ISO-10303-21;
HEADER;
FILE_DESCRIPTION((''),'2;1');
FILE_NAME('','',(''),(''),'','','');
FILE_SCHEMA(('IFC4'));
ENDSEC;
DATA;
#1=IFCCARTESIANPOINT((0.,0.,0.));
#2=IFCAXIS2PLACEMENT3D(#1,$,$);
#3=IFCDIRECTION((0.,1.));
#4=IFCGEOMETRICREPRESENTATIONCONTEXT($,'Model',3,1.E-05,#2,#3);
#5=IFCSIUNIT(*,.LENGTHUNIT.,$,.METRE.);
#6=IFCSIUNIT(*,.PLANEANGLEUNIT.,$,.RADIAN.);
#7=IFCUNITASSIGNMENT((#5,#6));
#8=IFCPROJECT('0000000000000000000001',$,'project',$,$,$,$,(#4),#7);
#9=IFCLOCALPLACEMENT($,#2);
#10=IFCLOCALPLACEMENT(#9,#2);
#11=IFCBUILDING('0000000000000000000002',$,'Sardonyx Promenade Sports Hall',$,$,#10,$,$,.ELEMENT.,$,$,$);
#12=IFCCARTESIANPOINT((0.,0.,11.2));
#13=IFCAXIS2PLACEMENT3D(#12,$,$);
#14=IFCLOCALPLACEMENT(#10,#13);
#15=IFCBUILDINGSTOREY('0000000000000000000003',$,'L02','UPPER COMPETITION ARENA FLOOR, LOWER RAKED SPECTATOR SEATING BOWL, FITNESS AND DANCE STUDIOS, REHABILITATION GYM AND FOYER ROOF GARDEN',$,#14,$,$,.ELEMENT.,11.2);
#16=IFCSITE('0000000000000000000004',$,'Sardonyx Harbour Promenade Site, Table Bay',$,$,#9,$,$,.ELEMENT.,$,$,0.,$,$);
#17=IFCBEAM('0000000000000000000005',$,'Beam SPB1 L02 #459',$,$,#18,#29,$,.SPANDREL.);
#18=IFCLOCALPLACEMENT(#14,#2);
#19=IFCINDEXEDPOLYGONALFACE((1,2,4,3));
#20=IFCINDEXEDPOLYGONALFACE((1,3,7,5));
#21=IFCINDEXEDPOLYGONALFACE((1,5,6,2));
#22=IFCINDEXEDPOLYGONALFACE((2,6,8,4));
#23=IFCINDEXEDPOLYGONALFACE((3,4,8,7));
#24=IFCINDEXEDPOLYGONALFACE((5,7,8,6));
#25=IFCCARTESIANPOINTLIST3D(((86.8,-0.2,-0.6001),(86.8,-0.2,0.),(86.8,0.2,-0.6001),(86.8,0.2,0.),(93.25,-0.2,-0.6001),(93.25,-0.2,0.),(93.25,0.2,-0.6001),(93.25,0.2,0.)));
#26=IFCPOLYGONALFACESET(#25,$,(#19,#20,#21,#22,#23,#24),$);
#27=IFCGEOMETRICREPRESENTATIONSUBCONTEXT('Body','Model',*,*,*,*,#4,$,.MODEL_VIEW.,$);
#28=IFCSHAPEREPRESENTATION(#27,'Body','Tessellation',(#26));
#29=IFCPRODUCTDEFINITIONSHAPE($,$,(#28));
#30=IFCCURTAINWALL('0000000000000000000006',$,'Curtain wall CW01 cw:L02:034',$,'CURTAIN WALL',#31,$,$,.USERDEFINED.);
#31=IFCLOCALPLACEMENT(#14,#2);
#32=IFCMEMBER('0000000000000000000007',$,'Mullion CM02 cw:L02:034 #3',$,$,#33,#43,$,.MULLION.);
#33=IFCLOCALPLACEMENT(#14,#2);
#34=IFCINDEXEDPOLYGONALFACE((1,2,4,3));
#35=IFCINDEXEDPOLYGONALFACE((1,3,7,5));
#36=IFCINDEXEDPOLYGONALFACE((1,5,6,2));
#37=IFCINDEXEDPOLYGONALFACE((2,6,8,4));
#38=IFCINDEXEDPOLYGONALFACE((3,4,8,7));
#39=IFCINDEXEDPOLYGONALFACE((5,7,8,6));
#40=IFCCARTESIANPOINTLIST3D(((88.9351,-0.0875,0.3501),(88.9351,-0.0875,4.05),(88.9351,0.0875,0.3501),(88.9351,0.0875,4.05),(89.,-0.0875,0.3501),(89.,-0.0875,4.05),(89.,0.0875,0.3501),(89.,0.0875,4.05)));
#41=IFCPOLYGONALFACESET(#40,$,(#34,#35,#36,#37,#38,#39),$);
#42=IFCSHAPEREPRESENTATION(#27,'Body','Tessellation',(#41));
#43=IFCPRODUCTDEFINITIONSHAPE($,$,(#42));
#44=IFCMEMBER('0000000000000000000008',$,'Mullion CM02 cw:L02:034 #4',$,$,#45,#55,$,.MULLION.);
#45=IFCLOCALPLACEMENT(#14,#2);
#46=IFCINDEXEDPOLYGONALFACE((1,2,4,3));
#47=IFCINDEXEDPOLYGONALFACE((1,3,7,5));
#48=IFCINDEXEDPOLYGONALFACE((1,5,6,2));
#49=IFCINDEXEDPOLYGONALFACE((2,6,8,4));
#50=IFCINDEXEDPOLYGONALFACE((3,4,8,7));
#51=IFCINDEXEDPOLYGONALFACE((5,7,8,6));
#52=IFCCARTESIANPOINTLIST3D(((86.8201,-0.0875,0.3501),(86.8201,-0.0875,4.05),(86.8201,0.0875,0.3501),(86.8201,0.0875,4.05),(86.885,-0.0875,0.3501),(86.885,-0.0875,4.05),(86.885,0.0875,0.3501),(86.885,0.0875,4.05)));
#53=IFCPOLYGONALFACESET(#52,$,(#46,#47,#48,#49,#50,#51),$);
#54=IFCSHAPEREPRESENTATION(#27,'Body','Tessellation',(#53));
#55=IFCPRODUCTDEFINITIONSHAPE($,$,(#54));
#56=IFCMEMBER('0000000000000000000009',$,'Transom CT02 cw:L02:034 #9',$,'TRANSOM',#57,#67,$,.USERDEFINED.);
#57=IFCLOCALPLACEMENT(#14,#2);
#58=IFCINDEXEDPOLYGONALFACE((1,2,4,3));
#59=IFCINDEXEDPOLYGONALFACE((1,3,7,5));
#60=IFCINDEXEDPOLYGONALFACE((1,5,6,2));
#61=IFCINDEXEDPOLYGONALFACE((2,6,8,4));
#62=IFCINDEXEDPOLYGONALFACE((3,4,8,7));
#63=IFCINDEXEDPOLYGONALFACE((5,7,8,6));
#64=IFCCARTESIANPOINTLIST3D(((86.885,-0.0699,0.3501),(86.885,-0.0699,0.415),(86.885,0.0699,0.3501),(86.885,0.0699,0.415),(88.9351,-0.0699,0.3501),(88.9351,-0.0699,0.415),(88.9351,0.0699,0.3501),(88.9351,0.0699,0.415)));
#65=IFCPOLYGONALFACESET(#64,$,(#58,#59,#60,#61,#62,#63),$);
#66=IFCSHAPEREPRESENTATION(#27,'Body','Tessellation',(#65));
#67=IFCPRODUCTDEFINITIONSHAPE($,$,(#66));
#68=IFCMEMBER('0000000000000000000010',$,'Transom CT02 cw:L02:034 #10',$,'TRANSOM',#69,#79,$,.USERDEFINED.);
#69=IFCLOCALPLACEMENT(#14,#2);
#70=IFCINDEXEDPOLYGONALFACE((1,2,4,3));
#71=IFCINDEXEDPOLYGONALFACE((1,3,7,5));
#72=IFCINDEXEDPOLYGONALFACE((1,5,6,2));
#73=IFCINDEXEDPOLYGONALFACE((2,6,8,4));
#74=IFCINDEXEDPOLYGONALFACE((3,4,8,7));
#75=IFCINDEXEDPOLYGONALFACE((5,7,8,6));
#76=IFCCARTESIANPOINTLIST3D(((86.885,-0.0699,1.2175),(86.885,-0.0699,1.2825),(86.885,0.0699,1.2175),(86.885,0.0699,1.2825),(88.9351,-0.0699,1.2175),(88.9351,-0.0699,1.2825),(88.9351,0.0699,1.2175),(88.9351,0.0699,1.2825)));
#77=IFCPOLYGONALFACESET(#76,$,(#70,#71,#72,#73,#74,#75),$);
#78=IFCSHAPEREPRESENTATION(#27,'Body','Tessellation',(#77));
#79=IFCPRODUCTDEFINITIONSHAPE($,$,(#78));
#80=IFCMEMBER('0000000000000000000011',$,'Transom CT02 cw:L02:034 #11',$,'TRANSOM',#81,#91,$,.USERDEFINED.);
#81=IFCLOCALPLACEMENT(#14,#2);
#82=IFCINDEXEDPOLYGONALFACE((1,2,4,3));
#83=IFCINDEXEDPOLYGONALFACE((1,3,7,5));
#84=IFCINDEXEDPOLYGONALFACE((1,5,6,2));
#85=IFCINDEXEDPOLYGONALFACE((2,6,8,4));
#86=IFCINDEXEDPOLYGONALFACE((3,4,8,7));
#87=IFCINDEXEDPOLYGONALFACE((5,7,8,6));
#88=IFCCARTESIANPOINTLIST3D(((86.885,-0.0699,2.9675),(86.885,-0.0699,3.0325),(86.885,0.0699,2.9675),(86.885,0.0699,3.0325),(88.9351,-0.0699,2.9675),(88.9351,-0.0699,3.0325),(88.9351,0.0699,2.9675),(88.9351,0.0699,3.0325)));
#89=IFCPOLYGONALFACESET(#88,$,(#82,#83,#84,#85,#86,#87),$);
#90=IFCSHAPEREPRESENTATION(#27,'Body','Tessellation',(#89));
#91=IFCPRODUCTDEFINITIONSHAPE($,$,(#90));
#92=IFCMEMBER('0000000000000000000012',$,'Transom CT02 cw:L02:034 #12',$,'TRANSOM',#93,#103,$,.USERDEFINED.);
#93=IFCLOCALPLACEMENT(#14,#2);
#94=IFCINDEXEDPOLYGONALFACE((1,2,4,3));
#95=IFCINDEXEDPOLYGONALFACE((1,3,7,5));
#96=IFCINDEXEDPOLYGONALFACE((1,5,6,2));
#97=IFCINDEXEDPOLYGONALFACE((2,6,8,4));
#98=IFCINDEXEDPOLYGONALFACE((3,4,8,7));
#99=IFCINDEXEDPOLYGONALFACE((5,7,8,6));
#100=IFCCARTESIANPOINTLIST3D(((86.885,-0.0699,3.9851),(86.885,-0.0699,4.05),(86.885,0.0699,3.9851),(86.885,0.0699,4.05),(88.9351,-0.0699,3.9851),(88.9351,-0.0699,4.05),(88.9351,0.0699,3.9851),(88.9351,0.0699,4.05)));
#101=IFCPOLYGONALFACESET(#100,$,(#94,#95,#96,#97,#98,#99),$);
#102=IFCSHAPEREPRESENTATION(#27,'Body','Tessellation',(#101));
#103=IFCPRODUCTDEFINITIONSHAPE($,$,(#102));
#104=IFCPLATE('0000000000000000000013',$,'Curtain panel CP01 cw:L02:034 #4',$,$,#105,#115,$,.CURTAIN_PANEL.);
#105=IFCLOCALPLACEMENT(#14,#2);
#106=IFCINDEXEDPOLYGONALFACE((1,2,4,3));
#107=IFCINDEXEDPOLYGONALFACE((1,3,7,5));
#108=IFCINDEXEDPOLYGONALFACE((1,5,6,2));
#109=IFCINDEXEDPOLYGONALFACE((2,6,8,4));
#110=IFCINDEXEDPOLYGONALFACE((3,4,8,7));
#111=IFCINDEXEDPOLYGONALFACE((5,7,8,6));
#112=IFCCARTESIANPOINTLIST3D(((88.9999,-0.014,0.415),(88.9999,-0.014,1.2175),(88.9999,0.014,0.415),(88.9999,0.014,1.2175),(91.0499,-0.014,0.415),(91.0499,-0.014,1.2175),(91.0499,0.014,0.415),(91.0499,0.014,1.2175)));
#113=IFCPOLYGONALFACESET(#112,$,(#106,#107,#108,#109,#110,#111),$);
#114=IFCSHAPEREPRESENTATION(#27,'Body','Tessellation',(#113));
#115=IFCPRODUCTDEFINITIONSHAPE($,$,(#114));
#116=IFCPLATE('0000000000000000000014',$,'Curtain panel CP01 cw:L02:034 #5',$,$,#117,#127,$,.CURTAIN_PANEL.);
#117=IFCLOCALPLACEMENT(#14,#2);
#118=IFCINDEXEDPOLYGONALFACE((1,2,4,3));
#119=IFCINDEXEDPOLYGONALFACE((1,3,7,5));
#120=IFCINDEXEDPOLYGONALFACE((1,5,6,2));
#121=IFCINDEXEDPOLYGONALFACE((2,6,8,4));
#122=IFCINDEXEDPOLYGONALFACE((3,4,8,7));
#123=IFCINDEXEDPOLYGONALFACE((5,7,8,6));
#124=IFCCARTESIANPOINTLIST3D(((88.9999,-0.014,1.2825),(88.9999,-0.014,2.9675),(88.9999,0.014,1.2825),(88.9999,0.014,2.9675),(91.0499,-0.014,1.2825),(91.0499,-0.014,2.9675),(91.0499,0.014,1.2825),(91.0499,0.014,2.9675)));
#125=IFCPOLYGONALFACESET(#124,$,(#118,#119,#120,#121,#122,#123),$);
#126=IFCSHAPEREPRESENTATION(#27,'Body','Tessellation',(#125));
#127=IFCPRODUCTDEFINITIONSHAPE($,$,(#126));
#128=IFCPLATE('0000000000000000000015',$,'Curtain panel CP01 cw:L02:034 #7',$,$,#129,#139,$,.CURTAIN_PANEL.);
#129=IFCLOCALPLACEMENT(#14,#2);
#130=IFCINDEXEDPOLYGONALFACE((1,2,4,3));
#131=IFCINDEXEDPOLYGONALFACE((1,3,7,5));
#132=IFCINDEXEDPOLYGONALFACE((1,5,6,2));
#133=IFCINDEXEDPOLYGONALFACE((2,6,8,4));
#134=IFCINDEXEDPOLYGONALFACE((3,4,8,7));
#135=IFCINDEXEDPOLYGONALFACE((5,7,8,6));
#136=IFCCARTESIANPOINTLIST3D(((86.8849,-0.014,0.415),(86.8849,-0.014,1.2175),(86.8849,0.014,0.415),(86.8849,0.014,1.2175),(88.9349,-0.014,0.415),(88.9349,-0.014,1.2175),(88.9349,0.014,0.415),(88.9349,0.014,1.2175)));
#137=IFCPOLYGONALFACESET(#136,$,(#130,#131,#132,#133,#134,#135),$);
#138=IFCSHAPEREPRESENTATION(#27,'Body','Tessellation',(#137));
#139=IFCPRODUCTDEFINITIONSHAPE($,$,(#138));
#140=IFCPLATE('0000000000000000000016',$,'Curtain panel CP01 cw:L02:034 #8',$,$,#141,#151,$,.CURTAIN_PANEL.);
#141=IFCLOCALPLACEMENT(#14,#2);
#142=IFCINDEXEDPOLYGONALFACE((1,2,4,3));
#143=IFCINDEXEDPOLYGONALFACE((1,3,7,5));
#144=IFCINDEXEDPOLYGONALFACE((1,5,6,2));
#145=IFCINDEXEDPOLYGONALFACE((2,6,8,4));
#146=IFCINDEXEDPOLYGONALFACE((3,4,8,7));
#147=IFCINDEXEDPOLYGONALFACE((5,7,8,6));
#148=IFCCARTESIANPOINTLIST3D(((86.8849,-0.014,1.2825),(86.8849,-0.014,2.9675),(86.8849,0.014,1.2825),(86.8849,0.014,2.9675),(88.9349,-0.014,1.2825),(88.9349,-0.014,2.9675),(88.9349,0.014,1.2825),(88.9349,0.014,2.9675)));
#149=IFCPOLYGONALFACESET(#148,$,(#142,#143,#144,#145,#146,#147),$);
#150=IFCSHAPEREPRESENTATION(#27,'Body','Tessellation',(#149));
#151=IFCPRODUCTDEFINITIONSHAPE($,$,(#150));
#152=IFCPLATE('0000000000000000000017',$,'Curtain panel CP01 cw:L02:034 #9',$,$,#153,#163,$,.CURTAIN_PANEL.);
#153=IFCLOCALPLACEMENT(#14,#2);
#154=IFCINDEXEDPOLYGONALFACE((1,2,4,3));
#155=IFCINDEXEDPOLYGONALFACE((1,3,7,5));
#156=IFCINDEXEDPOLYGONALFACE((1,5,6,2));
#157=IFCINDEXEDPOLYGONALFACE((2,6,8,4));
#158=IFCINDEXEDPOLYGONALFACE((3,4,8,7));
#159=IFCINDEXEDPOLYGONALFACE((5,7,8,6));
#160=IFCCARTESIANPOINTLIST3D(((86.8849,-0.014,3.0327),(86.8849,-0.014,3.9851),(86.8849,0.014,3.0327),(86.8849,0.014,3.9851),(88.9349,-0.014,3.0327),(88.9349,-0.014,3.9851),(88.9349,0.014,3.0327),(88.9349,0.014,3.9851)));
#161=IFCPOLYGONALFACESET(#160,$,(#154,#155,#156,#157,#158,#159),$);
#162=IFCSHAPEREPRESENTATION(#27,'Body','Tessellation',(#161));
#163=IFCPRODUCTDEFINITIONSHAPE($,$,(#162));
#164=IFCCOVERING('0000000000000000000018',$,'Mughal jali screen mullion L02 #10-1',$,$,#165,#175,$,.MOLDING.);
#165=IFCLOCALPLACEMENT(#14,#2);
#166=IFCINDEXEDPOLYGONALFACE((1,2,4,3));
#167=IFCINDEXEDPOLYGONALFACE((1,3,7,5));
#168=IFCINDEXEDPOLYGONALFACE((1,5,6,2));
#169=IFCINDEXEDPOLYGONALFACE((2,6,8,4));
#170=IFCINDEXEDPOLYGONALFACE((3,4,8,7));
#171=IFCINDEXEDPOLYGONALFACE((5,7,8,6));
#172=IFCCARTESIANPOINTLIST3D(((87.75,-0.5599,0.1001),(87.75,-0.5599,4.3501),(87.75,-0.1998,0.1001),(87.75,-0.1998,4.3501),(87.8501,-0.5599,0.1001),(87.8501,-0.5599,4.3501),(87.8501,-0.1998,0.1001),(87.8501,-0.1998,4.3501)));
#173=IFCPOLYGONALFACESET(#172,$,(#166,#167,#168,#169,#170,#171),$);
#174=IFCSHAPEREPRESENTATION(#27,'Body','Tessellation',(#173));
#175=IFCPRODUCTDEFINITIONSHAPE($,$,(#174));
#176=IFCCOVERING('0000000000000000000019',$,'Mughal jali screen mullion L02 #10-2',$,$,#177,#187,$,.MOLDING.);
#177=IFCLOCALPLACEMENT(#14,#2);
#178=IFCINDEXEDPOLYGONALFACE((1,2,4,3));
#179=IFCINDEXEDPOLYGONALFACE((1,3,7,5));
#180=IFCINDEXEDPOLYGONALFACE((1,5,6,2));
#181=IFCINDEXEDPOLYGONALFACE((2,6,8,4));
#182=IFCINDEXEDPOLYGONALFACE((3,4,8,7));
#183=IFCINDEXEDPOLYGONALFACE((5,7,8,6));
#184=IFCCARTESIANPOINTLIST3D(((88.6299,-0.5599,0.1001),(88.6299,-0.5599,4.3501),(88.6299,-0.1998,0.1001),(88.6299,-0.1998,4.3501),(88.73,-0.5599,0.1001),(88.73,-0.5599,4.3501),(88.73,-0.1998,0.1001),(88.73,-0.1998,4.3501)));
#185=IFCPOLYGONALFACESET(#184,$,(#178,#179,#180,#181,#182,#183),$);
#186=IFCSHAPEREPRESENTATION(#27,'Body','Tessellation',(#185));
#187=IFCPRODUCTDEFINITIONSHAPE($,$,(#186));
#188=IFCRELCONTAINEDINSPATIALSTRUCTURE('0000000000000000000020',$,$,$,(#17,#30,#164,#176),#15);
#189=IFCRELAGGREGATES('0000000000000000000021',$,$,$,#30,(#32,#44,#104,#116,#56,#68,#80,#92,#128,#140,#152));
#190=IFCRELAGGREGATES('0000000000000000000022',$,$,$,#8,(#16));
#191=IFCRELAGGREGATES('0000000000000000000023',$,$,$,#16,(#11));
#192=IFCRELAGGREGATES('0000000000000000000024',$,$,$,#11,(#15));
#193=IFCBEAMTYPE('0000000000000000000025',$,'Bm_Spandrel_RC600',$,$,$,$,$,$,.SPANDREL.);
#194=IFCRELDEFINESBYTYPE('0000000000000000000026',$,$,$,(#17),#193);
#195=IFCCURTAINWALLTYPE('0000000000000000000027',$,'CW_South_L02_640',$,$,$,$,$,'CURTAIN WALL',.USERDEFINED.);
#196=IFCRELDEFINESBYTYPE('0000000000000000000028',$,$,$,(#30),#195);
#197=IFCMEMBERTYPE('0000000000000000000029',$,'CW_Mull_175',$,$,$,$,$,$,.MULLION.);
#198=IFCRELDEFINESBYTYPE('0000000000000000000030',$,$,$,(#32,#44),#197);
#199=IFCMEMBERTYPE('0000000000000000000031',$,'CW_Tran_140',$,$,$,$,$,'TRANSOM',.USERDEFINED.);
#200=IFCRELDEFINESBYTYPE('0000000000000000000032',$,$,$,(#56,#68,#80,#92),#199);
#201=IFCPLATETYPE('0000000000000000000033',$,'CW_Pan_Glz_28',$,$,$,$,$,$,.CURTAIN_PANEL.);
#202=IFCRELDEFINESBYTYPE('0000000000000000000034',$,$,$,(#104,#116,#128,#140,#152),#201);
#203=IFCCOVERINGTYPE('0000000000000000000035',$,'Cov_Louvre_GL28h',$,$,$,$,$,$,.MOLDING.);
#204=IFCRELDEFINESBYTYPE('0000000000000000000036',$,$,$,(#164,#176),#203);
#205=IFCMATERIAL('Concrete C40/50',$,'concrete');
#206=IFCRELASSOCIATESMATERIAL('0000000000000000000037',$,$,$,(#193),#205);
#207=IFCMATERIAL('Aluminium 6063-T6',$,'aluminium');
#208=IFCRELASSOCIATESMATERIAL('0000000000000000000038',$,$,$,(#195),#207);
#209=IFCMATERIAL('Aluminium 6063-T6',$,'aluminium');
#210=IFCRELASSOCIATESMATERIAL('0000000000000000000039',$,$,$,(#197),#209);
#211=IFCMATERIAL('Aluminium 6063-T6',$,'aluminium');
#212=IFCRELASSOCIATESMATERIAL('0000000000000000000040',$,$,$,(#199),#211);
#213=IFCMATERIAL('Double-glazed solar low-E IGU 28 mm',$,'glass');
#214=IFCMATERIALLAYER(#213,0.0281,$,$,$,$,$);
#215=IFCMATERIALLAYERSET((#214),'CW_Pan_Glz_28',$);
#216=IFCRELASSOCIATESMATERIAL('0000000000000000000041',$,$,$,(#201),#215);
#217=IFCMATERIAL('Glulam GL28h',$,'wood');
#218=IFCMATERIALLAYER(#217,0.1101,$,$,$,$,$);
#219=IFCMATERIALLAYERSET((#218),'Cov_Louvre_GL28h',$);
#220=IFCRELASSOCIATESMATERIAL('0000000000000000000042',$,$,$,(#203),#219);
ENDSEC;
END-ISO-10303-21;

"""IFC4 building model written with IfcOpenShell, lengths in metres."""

from ifc_helpers import new_model, si_unit, direction, frame, origin, origin_2d, place, context, subcontext, project, spatial, rectangle, extrude, material, layer, layer_set, material_profile, profile_set, type_object, element, aggregate, save


model = new_model("IFC4")

# Units and contexts
model_context = context("Model", 3, precision=1e-05, world=origin(), true_north=direction((0.0, 1.0)))
body_context = subcontext(model_context, "Body", "Model", "MODEL_VIEW")
ifc_project = project(units=[si_unit("LENGTHUNIT", "METRE"), si_unit("PLANEANGLEUNIT", "RADIAN")], contexts=[model_context])

# Site, building, storey
site_placement = place(None, origin())
site = spatial("IfcSite", under=ifc_project, at=site_placement, Name="Sardonyx Harbour Promenade Site, Table Bay", CompositionType="ELEMENT", RefElevation=0.0)
building_placement = place(site_placement, origin())
building = spatial("IfcBuilding", under=site, at=building_placement, Name="Sardonyx Promenade Sports Hall", CompositionType="ELEMENT")
storey_placement = place(building_placement, frame((0.0, 0.0, 11.2)))
storey = spatial("IfcBuildingStorey", under=building, at=storey_placement, Name="L02", Description="UPPER COMPETITION ARENA FLOOR, LOWER RAKED SPECTATOR SEATING BOWL, FITNESS AND DANCE STUDIOS, REHABILITATION GYM AND FOYER ROOF GARDEN", CompositionType="ELEMENT", Elevation=11.2)

# Beam
ifc_material_1 = material(Name="Concrete C40/50", Category="concrete")
ifc_material_profile_1 = material_profile(ifc_material_1, rectangle(XDim=0.3999, YDim=0.6001, at=origin_2d()))
ifc_profile_set_1 = profile_set([ifc_material_profile_1], Name="Concrete C40/50")
beam_type = type_object("IfcBeamType", Name="Bm_Spandrel_RC600", PredefinedType="SPANDREL", material=ifc_profile_set_1)
beam_placement = place(storey_placement, frame((86.8, 0.0, -0.3), z_axis=(1.0, 0.0, 0.0), x_axis=(0.0, 1.0, 0.0)))
element("IfcBeam", 1, at=beam_placement, inside=storey, type_object=beam_type, Name="Beam SPB1 L02 #459", PredefinedType="SPANDREL", context=body_context, shape_type="SweptSolid", body=[
    extrude(rectangle(XDim=0.3999, YDim=0.6001, at=origin_2d()), origin(), (0.0, 0.0, 1.0), 6.45),
])

# Curtain wall, members, plates
ifc_material_2 = material(Name="Aluminium 6063-T6", Category="aluminium")
curtain_wall_type = type_object("IfcCurtainWallType", Name="CW_South_L02_640", ElementType="CURTAIN WALL", PredefinedType="USERDEFINED", material=ifc_material_2)
curtain_wall_placement = place(storey_placement, origin())
curtain_wall = element("IfcCurtainWall", 2, at=curtain_wall_placement, inside=storey, type_object=curtain_wall_type, Name="Curtain wall CW01 cw:L02:034", ObjectType="CURTAIN WALL", PredefinedType="USERDEFINED")
ifc_material_3 = material(Name="Aluminium 6063-T6", Category="aluminium")
ifc_material_profile_2 = material_profile(ifc_material_3, rectangle(XDim=0.0649, YDim=0.175, at=origin_2d()))
ifc_profile_set_2 = profile_set([ifc_material_profile_2], Name="Aluminium 6063-T6")
member_type_1 = type_object("IfcMemberType", Name="CW_Mull_175", PredefinedType="MULLION", material=ifc_profile_set_2)
member_1_placement = place(storey_placement, frame((88.9675, 0.0, 0.3501), z_axis=(0.0, 0.0, 1.0), x_axis=(-1.0, 0.0, 0.0)))
member_1 = element("IfcMember", 3, at=member_1_placement, type_object=member_type_1, Name="Mullion CM02 cw:L02:034 #3", PredefinedType="MULLION", context=body_context, shape_type="SweptSolid", body=[
    extrude(rectangle(XDim=0.0649, YDim=0.175, at=origin_2d()), origin(), (0.0, 0.0, 1.0), 3.7),
])
member_2_placement = place(storey_placement, frame((86.8525, 0.0, 0.3501), z_axis=(0.0, 0.0, 1.0), x_axis=(-1.0, 0.0, 0.0)))
member_2 = element("IfcMember", 4, at=member_2_placement, type_object=member_type_1, Name="Mullion CM02 cw:L02:034 #4", PredefinedType="MULLION", context=body_context, shape_type="SweptSolid", body=[
    extrude(rectangle(XDim=0.0649, YDim=0.175, at=origin_2d()), origin(), (0.0, 0.0, 1.0), 3.7),
])
ifc_material_4 = material(Name="Aluminium 6063-T6", Category="aluminium")
ifc_material_profile_3 = material_profile(ifc_material_4, rectangle(XDim=0.0649, YDim=0.1399, at=origin_2d()))
ifc_profile_set_3 = profile_set([ifc_material_profile_3], Name="Aluminium 6063-T6")
member_type_2 = type_object("IfcMemberType", Name="CW_Tran_140", ElementType="TRANSOM", PredefinedType="USERDEFINED", material=ifc_profile_set_3)
member_3_placement = place(storey_placement, frame((88.9351, 0.0, 0.3826), z_axis=(-1.0, 0.0, 0.0), x_axis=(0.0, 0.0, 1.0)))
member_3 = element("IfcMember", 5, at=member_3_placement, type_object=member_type_2, Name="Transom CT02 cw:L02:034 #9", ObjectType="TRANSOM", PredefinedType="USERDEFINED", context=body_context, shape_type="SweptSolid", body=[
    extrude(rectangle(XDim=0.0649, YDim=0.1399, at=origin_2d()), origin(), (0.0, 0.0, 1.0), 2.05),
])
member_4_placement = place(storey_placement, frame((88.9351, 0.0, 1.25), z_axis=(-1.0, 0.0, 0.0), x_axis=(0.0, 0.0, 1.0)))
member_4 = element("IfcMember", 6, at=member_4_placement, type_object=member_type_2, Name="Transom CT02 cw:L02:034 #10", ObjectType="TRANSOM", PredefinedType="USERDEFINED", context=body_context, shape_type="SweptSolid", body=[
    extrude(rectangle(XDim=0.0649, YDim=0.1399, at=origin_2d()), origin(), (0.0, 0.0, 1.0), 2.05),
])
member_5_placement = place(storey_placement, frame((88.9351, 0.0, 3.0), z_axis=(-1.0, 0.0, 0.0), x_axis=(0.0, 0.0, 1.0)))
member_5 = element("IfcMember", 7, at=member_5_placement, type_object=member_type_2, Name="Transom CT02 cw:L02:034 #11", ObjectType="TRANSOM", PredefinedType="USERDEFINED", context=body_context, shape_type="SweptSolid", body=[
    extrude(rectangle(XDim=0.0649, YDim=0.1399, at=origin_2d()), origin(), (0.0, 0.0, 1.0), 2.05),
])
member_6_placement = place(storey_placement, frame((88.9351, 0.0, 4.0176), z_axis=(-1.0, 0.0, 0.0), x_axis=(0.0, 0.0, 1.0)))
member_6 = element("IfcMember", 8, at=member_6_placement, type_object=member_type_2, Name="Transom CT02 cw:L02:034 #12", ObjectType="TRANSOM", PredefinedType="USERDEFINED", context=body_context, shape_type="SweptSolid", body=[
    extrude(rectangle(XDim=0.0649, YDim=0.1399, at=origin_2d()), origin(), (0.0, 0.0, 1.0), 2.05),
])
ifc_material_5 = material(Name="Double-glazed solar low-E IGU 28 mm", Category="glass")
ifc_layer_1 = layer(ifc_material_5, 0.0281)
ifc_layer_set_1 = layer_set([ifc_layer_1], Name="CW_Pan_Glz_28")
plate_type = type_object("IfcPlateType", Name="CW_Pan_Glz_28", PredefinedType="CURTAIN_PANEL", material=ifc_layer_set_1)
plate_1_placement = place(storey_placement, frame((90.0249, 0.0, 0.415), z_axis=(0.0, 0.0, 1.0), x_axis=(-1.0, 0.0, 0.0)))
plate_1 = element("IfcPlate", 9, at=plate_1_placement, type_object=plate_type, Name="Curtain panel CP01 cw:L02:034 #4", PredefinedType="CURTAIN_PANEL", context=body_context, shape_type="SweptSolid", body=[
    extrude(rectangle(XDim=2.05, YDim=0.0281, at=origin_2d()), origin(), (0.0, 0.0, 1.0), 0.8025),
])
plate_2_placement = place(storey_placement, frame((90.0249, 0.0, 1.2825), z_axis=(0.0, 0.0, 1.0), x_axis=(-1.0, 0.0, 0.0)))
plate_2 = element("IfcPlate", 10, at=plate_2_placement, type_object=plate_type, Name="Curtain panel CP01 cw:L02:034 #5", PredefinedType="CURTAIN_PANEL", context=body_context, shape_type="SweptSolid", body=[
    extrude(rectangle(XDim=2.05, YDim=0.0281, at=origin_2d()), origin(), (0.0, 0.0, 1.0), 1.6851),
])
plate_3_placement = place(storey_placement, frame((87.9099, 0.0, 0.415), z_axis=(0.0, 0.0, 1.0), x_axis=(-1.0, 0.0, 0.0)))
plate_3 = element("IfcPlate", 11, at=plate_3_placement, type_object=plate_type, Name="Curtain panel CP01 cw:L02:034 #7", PredefinedType="CURTAIN_PANEL", context=body_context, shape_type="SweptSolid", body=[
    extrude(rectangle(XDim=2.05, YDim=0.0281, at=origin_2d()), origin(), (0.0, 0.0, 1.0), 0.8025),
])
plate_4_placement = place(storey_placement, frame((87.9099, 0.0, 1.2825), z_axis=(0.0, 0.0, 1.0), x_axis=(-1.0, 0.0, 0.0)))
plate_4 = element("IfcPlate", 12, at=plate_4_placement, type_object=plate_type, Name="Curtain panel CP01 cw:L02:034 #8", PredefinedType="CURTAIN_PANEL", context=body_context, shape_type="SweptSolid", body=[
    extrude(rectangle(XDim=2.05, YDim=0.0281, at=origin_2d()), origin(), (0.0, 0.0, 1.0), 1.6851),
])
plate_5_placement = place(storey_placement, frame((87.9099, 0.0, 3.0327), z_axis=(0.0, 0.0, 1.0), x_axis=(-1.0, 0.0, 0.0)))
plate_5 = element("IfcPlate", 13, at=plate_5_placement, type_object=plate_type, Name="Curtain panel CP01 cw:L02:034 #9", PredefinedType="CURTAIN_PANEL", context=body_context, shape_type="SweptSolid", body=[
    extrude(rectangle(XDim=2.05, YDim=0.0281, at=origin_2d()), origin(), (0.0, 0.0, 1.0), 0.9524),
])
aggregate(curtain_wall, [member_1, member_2, plate_1, plate_2, member_3, member_4, member_5, member_6, plate_3, plate_4, plate_5])

# Coverings
ifc_material_6 = material(Name="Glulam GL28h", Category="wood")
ifc_layer_2 = layer(ifc_material_6, 0.1101)
ifc_layer_set_2 = layer_set([ifc_layer_2], Name="Cov_Louvre_GL28h")
covering_type = type_object("IfcCoveringType", Name="Cov_Louvre_GL28h", PredefinedType="MOLDING", material=ifc_layer_set_2)
for number, where, z_axis, x_axis, name in (
    (14, (87.8, -0.3799, 0.1001), (0.0, 0.0, 1.0), (1.0, 0.0, 0.0), "Mughal jali screen mullion L02 #10-1"),
    (15, (88.6799, -0.3799, 0.1001), (0.0, 0.0, 1.0), (1.0, 0.0, 0.0), "Mughal jali screen mullion L02 #10-2"),
):
    element("IfcCovering", number, at=place(storey_placement, frame(where, z_axis=z_axis, x_axis=x_axis)), inside=storey, type_object=covering_type, Name=name, PredefinedType="MOLDING", context=body_context, shape_type="SweptSolid", body=[
        extrude(rectangle(XDim=0.1001, YDim=0.3601, at=origin_2d()), origin(), (0.0, 0.0, 1.0), 4.25),
    ])

save(model, "model.ifc")
